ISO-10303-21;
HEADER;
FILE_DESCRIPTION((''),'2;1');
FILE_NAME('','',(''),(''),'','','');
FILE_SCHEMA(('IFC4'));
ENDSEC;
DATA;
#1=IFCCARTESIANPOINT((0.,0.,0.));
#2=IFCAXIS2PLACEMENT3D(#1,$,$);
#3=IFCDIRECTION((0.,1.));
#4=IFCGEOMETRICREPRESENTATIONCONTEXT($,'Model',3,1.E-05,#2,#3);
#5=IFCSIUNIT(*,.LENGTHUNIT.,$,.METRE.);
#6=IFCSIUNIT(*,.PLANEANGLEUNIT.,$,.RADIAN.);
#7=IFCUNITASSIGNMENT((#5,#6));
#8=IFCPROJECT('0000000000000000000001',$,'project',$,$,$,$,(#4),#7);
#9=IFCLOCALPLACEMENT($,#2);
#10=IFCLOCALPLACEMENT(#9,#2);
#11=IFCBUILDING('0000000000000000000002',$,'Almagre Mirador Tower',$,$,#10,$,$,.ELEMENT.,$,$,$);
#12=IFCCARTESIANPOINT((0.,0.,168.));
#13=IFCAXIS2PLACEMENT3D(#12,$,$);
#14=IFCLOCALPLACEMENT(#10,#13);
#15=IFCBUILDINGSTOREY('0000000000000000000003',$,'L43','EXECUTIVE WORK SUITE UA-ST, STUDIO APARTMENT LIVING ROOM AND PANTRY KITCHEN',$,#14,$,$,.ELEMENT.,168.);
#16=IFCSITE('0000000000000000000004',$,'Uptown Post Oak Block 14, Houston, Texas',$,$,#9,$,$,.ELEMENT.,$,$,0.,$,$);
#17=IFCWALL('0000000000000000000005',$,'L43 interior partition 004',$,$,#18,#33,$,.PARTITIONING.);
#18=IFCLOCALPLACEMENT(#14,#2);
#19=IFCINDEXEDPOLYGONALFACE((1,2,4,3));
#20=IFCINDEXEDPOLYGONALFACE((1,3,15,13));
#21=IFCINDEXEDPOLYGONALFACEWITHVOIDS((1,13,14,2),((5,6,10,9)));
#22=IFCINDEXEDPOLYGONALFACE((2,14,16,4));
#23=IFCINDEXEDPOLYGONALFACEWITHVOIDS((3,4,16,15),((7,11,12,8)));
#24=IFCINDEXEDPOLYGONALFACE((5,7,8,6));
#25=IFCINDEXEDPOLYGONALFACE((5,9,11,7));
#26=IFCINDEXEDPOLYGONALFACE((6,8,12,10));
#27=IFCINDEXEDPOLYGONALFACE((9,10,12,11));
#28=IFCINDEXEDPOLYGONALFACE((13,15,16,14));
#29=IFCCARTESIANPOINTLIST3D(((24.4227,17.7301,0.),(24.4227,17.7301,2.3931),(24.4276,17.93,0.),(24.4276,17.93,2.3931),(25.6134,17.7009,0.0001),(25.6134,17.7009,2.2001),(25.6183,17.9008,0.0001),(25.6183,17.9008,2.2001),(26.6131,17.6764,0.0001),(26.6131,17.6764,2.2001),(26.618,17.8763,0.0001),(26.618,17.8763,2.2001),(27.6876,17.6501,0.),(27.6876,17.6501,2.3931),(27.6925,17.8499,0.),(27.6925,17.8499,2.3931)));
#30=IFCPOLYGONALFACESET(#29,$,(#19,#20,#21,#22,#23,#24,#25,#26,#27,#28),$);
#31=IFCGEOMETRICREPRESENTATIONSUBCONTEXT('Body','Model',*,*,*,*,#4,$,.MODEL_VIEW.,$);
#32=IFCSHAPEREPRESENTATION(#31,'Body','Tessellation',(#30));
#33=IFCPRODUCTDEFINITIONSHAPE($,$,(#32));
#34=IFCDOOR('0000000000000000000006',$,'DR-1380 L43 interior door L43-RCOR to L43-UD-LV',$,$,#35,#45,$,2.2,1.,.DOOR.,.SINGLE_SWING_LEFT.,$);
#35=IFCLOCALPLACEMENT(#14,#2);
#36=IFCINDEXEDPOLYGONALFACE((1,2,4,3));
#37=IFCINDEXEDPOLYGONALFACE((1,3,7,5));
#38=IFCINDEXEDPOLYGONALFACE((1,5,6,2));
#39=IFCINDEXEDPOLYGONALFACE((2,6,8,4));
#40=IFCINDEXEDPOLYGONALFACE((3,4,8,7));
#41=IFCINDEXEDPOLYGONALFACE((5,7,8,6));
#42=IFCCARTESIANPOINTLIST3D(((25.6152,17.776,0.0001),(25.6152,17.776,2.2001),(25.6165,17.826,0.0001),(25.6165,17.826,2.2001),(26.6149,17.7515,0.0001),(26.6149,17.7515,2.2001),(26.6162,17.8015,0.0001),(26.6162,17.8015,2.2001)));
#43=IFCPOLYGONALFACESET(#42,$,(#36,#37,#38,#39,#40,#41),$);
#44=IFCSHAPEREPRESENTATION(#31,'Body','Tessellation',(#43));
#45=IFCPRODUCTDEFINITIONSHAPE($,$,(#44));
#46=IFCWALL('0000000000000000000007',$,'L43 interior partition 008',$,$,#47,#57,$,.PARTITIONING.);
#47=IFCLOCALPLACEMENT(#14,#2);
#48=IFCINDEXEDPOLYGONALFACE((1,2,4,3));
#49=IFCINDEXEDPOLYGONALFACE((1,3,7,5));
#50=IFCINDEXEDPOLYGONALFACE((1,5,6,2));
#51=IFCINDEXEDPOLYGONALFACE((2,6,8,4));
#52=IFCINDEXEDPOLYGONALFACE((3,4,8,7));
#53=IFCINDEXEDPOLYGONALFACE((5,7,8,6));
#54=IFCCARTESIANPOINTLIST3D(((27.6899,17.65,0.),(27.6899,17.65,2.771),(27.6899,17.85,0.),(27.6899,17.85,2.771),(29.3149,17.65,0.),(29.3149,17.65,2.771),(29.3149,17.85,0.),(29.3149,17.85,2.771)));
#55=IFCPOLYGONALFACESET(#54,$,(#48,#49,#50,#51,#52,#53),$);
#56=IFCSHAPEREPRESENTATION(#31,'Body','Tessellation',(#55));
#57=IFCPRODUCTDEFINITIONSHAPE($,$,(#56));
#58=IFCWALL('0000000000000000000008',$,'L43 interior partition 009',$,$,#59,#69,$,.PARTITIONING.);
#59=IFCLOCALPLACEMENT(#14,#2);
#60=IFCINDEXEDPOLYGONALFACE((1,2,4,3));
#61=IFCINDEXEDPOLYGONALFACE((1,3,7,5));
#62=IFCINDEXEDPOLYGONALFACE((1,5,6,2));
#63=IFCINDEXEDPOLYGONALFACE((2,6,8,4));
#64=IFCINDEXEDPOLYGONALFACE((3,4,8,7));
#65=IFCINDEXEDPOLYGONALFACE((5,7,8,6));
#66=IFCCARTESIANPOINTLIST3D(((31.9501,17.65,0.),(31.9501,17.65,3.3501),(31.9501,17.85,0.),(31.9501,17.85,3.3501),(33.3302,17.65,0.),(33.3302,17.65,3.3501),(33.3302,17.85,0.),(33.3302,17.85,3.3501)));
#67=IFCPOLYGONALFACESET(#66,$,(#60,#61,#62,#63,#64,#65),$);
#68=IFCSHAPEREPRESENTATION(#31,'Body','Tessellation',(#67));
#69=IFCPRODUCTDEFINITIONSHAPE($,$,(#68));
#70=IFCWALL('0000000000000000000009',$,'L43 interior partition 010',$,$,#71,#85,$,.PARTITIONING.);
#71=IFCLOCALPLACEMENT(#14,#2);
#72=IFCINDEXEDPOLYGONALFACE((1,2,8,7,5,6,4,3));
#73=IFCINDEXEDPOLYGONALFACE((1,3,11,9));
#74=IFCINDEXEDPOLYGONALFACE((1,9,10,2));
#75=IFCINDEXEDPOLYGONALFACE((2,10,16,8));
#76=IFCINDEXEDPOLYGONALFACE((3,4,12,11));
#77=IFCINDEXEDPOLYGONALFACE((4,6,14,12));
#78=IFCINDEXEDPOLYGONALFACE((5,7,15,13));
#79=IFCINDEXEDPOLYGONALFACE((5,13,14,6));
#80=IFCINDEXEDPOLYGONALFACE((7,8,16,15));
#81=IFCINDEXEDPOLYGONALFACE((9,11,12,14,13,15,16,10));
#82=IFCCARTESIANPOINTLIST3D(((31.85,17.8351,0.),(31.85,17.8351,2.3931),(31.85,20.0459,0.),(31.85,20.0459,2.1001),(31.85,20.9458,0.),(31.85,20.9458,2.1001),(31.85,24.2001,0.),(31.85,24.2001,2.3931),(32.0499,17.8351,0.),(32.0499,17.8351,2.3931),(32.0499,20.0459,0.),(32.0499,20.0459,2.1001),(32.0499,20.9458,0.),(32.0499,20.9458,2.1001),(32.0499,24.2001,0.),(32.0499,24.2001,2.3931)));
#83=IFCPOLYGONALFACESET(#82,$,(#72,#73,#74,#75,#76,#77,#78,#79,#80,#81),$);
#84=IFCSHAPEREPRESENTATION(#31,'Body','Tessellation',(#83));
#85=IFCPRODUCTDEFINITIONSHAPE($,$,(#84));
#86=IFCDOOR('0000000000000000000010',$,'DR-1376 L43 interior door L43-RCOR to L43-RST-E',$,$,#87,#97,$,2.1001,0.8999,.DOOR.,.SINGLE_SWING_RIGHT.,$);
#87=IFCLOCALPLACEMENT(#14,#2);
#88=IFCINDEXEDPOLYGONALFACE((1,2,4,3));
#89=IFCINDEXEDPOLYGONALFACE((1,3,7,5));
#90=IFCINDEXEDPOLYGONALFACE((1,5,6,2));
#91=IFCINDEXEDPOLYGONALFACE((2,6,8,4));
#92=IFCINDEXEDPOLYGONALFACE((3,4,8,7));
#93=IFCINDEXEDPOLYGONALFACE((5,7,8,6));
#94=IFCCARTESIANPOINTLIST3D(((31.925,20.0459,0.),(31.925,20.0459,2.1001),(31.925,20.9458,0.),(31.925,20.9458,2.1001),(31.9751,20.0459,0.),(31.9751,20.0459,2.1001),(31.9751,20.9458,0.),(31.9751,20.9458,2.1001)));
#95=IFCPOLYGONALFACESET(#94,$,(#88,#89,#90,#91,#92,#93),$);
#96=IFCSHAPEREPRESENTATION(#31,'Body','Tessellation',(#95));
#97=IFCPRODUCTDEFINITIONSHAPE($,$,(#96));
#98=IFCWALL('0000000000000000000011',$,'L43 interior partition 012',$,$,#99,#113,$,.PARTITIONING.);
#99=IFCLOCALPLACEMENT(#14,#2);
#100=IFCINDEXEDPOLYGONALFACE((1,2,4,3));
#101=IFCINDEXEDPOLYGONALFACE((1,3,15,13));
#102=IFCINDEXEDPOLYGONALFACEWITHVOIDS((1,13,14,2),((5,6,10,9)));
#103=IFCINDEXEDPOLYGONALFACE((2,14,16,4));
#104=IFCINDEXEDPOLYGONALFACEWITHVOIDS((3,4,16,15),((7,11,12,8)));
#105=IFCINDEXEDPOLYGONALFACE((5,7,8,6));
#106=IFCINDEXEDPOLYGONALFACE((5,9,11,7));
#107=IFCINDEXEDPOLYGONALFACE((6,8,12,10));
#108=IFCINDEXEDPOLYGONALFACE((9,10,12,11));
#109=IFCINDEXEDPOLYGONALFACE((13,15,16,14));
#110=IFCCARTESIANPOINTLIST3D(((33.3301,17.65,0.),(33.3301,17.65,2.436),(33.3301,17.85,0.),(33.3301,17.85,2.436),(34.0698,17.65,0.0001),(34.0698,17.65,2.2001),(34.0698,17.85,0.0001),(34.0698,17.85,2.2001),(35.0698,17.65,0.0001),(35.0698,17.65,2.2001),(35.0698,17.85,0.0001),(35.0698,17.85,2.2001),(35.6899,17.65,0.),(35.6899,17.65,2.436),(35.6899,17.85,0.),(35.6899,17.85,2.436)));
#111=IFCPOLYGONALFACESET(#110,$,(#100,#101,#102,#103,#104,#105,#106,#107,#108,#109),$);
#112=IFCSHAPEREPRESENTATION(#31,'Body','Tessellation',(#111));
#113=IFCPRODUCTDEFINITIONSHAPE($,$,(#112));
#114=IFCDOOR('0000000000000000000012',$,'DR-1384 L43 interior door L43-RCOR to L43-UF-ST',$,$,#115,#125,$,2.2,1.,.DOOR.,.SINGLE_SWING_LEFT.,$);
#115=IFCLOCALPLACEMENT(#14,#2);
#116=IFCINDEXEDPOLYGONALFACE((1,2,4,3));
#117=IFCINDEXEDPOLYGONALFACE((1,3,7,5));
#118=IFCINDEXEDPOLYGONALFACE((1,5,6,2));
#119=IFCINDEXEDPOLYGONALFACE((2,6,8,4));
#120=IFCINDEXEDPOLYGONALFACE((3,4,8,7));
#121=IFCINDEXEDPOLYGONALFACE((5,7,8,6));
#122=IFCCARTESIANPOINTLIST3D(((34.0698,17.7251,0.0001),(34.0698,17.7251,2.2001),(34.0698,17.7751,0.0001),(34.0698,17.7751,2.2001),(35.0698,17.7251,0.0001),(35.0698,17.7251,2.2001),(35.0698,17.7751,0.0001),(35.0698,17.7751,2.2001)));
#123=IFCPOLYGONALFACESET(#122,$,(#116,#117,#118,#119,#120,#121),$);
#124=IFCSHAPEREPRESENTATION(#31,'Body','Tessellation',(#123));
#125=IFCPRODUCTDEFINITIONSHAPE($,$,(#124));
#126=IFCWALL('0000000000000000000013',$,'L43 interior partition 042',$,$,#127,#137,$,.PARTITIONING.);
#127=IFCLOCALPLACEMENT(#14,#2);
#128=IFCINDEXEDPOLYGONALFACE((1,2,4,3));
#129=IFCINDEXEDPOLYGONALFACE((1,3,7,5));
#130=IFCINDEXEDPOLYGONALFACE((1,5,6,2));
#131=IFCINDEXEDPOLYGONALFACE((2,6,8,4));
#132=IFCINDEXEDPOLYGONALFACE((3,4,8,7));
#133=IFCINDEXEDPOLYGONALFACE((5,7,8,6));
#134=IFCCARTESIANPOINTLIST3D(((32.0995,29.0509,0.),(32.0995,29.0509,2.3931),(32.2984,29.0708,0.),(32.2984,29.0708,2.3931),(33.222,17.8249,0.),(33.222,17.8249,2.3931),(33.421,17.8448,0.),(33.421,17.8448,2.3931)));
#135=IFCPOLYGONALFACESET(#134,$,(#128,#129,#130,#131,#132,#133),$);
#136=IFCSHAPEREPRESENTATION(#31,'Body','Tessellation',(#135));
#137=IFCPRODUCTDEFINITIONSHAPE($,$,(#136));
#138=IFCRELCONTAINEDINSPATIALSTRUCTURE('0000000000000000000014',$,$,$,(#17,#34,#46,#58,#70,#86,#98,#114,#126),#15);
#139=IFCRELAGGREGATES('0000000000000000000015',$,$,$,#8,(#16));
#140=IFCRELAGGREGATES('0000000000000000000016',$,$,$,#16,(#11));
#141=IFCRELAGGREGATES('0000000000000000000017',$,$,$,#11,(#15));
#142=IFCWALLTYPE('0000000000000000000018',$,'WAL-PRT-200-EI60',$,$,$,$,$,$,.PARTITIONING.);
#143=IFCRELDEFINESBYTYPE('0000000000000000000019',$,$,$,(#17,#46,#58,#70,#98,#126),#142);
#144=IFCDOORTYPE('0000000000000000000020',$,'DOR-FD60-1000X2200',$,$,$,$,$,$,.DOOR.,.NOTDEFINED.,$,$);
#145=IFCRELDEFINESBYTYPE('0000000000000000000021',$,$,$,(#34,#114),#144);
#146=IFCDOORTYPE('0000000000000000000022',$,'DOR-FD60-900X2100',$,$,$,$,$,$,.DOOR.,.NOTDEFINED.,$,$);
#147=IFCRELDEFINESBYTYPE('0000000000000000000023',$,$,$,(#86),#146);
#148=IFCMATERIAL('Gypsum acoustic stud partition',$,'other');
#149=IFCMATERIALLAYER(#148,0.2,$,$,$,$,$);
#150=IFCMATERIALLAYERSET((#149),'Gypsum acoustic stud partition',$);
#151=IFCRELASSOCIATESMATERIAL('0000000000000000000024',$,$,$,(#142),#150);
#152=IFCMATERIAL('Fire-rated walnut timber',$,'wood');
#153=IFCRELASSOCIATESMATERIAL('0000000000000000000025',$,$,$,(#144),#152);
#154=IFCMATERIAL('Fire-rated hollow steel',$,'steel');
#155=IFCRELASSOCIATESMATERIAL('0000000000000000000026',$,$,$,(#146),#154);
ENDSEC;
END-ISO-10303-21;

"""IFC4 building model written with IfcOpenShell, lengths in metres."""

from ifc_helpers import new_model, si_unit, direction, frame, frame_2d, origin, place, context, subcontext, project, spatial, rectangle, extrude, material, layer, layer_set, type_object, element, fill, save


model = new_model("IFC4")

# Units and contexts
model_context = context("Model", 3, precision=1e-05, world=origin(), true_north=direction((0.0, 1.0)))
body_context = subcontext(model_context, "Body", "Model", "MODEL_VIEW")
ifc_project = project(units=[si_unit("LENGTHUNIT", "METRE"), si_unit("PLANEANGLEUNIT", "RADIAN")], contexts=[model_context])

# Site, building, storey
site_placement = place(None, origin())
site = spatial("IfcSite", under=ifc_project, at=site_placement, Name="Uptown Post Oak Block 14, Houston, Texas", CompositionType="ELEMENT", RefElevation=0.0)
building_placement = place(site_placement, origin())
building = spatial("IfcBuilding", under=site, at=building_placement, Name="Almagre Mirador Tower", CompositionType="ELEMENT")
storey_placement = place(building_placement, frame((0.0, 0.0, 168.0)))
storey = spatial("IfcBuildingStorey", under=building, at=storey_placement, Name="L43", Description="EXECUTIVE WORK SUITE UA-ST, STUDIO APARTMENT LIVING ROOM AND PANTRY KITCHEN", CompositionType="ELEMENT", Elevation=168.0)

# Wall, opening, door
ifc_material_1 = material(Name="Gypsum acoustic stud partition", Category="other")
ifc_layer_1 = layer(ifc_material_1, 0.2)
ifc_layer_set_1 = layer_set([ifc_layer_1], Name="Gypsum acoustic stud partition")
wall_type_1 = type_object("IfcWallType", Name="WAL-PRT-200-EI60", PredefinedType="PARTITIONING", material=ifc_layer_set_1)
wall_1_placement = place(storey_placement, frame((27.6899, 17.75, 0.0), z_axis=(0.0, 0.0, 1.0), x_axis=(-0.999699, 0.02452, 0.0)))
wall_1 = element("IfcWall", 1, at=wall_1_placement, inside=storey, type_object=wall_type_1, Name="L43 interior partition 004", PredefinedType="PARTITIONING", context=body_context, shape_type="SweptSolid", body=[
    extrude(rectangle(XDim=3.2659, YDim=0.2, at=frame_2d((1.6328, 0.0))), origin(), (0.0, 0.0, 1.0), 2.3931),
])
opening_1_placement = place(wall_1_placement, frame((1.0747, 0.0, 0.0)))
opening_1 = element("IfcOpeningElement", 2, at=opening_1_placement, cuts=wall_1, PredefinedType="OPENING", context=body_context, shape_type="SweptSolid", body=[
    extrude(rectangle(XDim=1.0, YDim=2.2, at=frame_2d((0.5, 1.1001))), frame((0.0, 0.1101, 0.0), z_axis=(0.0, -1.0, 0.0), x_axis=(1.0, 0.0, 0.0)), (0.0, 0.0, 1.0), 0.22),
])
ifc_material_2 = material(Name="Fire-rated walnut timber", Category="wood")
door_type_1 = type_object("IfcDoorType", Name="DOR-FD60-1000X2200", OperationType="NOTDEFINED", PredefinedType="DOOR", material=ifc_material_2)
door_1_placement = place(opening_1_placement, origin())
door_1 = element("IfcDoor", 3, at=door_1_placement, inside=storey, type_object=door_type_1, Name="DR-1380 L43 interior door L43-RCOR to L43-UD-LV", OperationType="SINGLE_SWING_LEFT", OverallHeight=2.2, OverallWidth=1.0, PredefinedType="DOOR", context=body_context, shape_type="SweptSolid", body=[
    extrude(rectangle(XDim=1.0, YDim=2.2, at=frame_2d((0.5, 1.1001))), frame((0.0, 0.0249, 0.0), z_axis=(0.0, -1.0, 0.0), x_axis=(1.0, 0.0, 0.0)), (0.0, 0.0, 1.0), 0.05),
])
fill(opening_1, door_1)

# Walls
wall_2_placement = place(storey_placement, frame((29.3149, 17.75, 0.0), z_axis=(0.0, 0.0, 1.0), x_axis=(-1.0, 0.0, 0.0)))
element("IfcWall", 4, at=wall_2_placement, inside=storey, type_object=wall_type_1, Name="L43 interior partition 008", PredefinedType="PARTITIONING", context=body_context, shape_type="SweptSolid", body=[
    extrude(rectangle(XDim=1.625, YDim=0.2, at=frame_2d((0.8125, 0.0))), origin(), (0.0, 0.0, 1.0), 2.771),
])
wall_3_placement = place(storey_placement, frame((33.3301, 17.75, 0.0), z_axis=(0.0, 0.0, 1.0), x_axis=(-1.0, 0.0, 0.0)))
element("IfcWall", 5, at=wall_3_placement, inside=storey, type_object=wall_type_1, Name="L43 interior partition 009", PredefinedType="PARTITIONING", context=body_context, shape_type="SweptSolid", body=[
    extrude(rectangle(XDim=1.3801, YDim=0.2, at=frame_2d((0.6899, 0.0))), origin(), (0.0, 0.0, 1.0), 3.3501),
])

# Walls, openings, doors
wall_4_placement = place(storey_placement, frame((31.95, 17.835, 0.0), z_axis=(0.0, 0.0, 1.0), x_axis=(0.0, 1.0, 0.0)))
wall_4 = element("IfcWall", 6, at=wall_4_placement, inside=storey, type_object=wall_type_1, Name="L43 interior partition 010", PredefinedType="PARTITIONING", context=body_context, shape_type="SweptSolid", body=[
    extrude(rectangle(XDim=6.365, YDim=0.2, at=frame_2d((3.1826, 0.0))), origin(), (0.0, 0.0, 1.0), 2.3931),
])
opening_2_placement = place(wall_4_placement, frame((2.2109, 0.0, 0.0)))
opening_2 = element("IfcOpeningElement", 7, at=opening_2_placement, cuts=wall_4, PredefinedType="OPENING", context=body_context, shape_type="SweptSolid", body=[
    extrude(rectangle(XDim=0.8999, YDim=2.1001, at=frame_2d((0.45, 1.05))), frame((0.0, 0.1101, 0.0), z_axis=(0.0, -1.0, 0.0), x_axis=(1.0, 0.0, 0.0)), (0.0, 0.0, 1.0), 0.22),
])
ifc_material_3 = material(Name="Fire-rated hollow steel", Category="steel")
door_type_2 = type_object("IfcDoorType", Name="DOR-FD60-900X2100", OperationType="NOTDEFINED", PredefinedType="DOOR", material=ifc_material_3)
door_2_placement = place(opening_2_placement, origin())
door_2 = element("IfcDoor", 8, at=door_2_placement, inside=storey, type_object=door_type_2, Name="DR-1376 L43 interior door L43-RCOR to L43-RST-E", OperationType="SINGLE_SWING_RIGHT", OverallHeight=2.1001, OverallWidth=0.8999, PredefinedType="DOOR", context=body_context, shape_type="SweptSolid", body=[
    extrude(rectangle(XDim=0.8999, YDim=2.1001, at=frame_2d((0.45, 1.05))), frame((0.0, 0.0249, 0.0), z_axis=(0.0, -1.0, 0.0), x_axis=(1.0, 0.0, 0.0)), (0.0, 0.0, 1.0), 0.05),
])
fill(opening_2, door_2)
wall_5_placement = place(storey_placement, frame((35.6899, 17.75, 0.0), z_axis=(0.0, 0.0, 1.0), x_axis=(-1.0, 0.0, 0.0)))
wall_5 = element("IfcWall", 9, at=wall_5_placement, inside=storey, type_object=wall_type_1, Name="L43 interior partition 012", PredefinedType="PARTITIONING", context=body_context, shape_type="SweptSolid", body=[
    extrude(rectangle(XDim=2.3599, YDim=0.2, at=frame_2d((1.1799, 0.0))), origin(), (0.0, 0.0, 1.0), 2.436),
])
opening_3_placement = place(wall_5_placement, frame((0.6201, 0.0, 0.0)))
opening_3 = element("IfcOpeningElement", 10, at=opening_3_placement, cuts=wall_5, PredefinedType="OPENING", context=body_context, shape_type="SweptSolid", body=[
    extrude(rectangle(XDim=1.0, YDim=2.2, at=frame_2d((0.5, 1.1001))), frame((0.0, 0.1101, 0.0), z_axis=(0.0, -1.0, 0.0), x_axis=(1.0, 0.0, 0.0)), (0.0, 0.0, 1.0), 0.22),
])
door_3_placement = place(opening_3_placement, origin())
door_3 = element("IfcDoor", 11, at=door_3_placement, inside=storey, type_object=door_type_1, Name="DR-1384 L43 interior door L43-RCOR to L43-UF-ST", OperationType="SINGLE_SWING_LEFT", OverallHeight=2.2, OverallWidth=1.0, PredefinedType="DOOR", context=body_context, shape_type="SweptSolid", body=[
    extrude(rectangle(XDim=1.0, YDim=2.2, at=frame_2d((0.5, 1.1001))), frame((0.0, 0.0249, 0.0), z_axis=(0.0, -1.0, 0.0), x_axis=(1.0, 0.0, 0.0)), (0.0, 0.0, 1.0), 0.05),
])
fill(opening_3, door_3)

# Wall
wall_6_placement = place(storey_placement, frame((33.3215, 17.8347, 0.0), z_axis=(0.0, 0.0, 1.0), x_axis=(-0.099499, 0.995038, 0.0)))
element("IfcWall", 12, at=wall_6_placement, inside=storey, type_object=wall_type_1, Name="L43 interior partition 042", PredefinedType="PARTITIONING", context=body_context, shape_type="SweptSolid", body=[
    extrude(rectangle(XDim=11.282, YDim=0.2, at=frame_2d((5.6411, 0.0))), origin(), (0.0, 0.0, 1.0), 2.3931),
])

save(model, "model.ifc")
